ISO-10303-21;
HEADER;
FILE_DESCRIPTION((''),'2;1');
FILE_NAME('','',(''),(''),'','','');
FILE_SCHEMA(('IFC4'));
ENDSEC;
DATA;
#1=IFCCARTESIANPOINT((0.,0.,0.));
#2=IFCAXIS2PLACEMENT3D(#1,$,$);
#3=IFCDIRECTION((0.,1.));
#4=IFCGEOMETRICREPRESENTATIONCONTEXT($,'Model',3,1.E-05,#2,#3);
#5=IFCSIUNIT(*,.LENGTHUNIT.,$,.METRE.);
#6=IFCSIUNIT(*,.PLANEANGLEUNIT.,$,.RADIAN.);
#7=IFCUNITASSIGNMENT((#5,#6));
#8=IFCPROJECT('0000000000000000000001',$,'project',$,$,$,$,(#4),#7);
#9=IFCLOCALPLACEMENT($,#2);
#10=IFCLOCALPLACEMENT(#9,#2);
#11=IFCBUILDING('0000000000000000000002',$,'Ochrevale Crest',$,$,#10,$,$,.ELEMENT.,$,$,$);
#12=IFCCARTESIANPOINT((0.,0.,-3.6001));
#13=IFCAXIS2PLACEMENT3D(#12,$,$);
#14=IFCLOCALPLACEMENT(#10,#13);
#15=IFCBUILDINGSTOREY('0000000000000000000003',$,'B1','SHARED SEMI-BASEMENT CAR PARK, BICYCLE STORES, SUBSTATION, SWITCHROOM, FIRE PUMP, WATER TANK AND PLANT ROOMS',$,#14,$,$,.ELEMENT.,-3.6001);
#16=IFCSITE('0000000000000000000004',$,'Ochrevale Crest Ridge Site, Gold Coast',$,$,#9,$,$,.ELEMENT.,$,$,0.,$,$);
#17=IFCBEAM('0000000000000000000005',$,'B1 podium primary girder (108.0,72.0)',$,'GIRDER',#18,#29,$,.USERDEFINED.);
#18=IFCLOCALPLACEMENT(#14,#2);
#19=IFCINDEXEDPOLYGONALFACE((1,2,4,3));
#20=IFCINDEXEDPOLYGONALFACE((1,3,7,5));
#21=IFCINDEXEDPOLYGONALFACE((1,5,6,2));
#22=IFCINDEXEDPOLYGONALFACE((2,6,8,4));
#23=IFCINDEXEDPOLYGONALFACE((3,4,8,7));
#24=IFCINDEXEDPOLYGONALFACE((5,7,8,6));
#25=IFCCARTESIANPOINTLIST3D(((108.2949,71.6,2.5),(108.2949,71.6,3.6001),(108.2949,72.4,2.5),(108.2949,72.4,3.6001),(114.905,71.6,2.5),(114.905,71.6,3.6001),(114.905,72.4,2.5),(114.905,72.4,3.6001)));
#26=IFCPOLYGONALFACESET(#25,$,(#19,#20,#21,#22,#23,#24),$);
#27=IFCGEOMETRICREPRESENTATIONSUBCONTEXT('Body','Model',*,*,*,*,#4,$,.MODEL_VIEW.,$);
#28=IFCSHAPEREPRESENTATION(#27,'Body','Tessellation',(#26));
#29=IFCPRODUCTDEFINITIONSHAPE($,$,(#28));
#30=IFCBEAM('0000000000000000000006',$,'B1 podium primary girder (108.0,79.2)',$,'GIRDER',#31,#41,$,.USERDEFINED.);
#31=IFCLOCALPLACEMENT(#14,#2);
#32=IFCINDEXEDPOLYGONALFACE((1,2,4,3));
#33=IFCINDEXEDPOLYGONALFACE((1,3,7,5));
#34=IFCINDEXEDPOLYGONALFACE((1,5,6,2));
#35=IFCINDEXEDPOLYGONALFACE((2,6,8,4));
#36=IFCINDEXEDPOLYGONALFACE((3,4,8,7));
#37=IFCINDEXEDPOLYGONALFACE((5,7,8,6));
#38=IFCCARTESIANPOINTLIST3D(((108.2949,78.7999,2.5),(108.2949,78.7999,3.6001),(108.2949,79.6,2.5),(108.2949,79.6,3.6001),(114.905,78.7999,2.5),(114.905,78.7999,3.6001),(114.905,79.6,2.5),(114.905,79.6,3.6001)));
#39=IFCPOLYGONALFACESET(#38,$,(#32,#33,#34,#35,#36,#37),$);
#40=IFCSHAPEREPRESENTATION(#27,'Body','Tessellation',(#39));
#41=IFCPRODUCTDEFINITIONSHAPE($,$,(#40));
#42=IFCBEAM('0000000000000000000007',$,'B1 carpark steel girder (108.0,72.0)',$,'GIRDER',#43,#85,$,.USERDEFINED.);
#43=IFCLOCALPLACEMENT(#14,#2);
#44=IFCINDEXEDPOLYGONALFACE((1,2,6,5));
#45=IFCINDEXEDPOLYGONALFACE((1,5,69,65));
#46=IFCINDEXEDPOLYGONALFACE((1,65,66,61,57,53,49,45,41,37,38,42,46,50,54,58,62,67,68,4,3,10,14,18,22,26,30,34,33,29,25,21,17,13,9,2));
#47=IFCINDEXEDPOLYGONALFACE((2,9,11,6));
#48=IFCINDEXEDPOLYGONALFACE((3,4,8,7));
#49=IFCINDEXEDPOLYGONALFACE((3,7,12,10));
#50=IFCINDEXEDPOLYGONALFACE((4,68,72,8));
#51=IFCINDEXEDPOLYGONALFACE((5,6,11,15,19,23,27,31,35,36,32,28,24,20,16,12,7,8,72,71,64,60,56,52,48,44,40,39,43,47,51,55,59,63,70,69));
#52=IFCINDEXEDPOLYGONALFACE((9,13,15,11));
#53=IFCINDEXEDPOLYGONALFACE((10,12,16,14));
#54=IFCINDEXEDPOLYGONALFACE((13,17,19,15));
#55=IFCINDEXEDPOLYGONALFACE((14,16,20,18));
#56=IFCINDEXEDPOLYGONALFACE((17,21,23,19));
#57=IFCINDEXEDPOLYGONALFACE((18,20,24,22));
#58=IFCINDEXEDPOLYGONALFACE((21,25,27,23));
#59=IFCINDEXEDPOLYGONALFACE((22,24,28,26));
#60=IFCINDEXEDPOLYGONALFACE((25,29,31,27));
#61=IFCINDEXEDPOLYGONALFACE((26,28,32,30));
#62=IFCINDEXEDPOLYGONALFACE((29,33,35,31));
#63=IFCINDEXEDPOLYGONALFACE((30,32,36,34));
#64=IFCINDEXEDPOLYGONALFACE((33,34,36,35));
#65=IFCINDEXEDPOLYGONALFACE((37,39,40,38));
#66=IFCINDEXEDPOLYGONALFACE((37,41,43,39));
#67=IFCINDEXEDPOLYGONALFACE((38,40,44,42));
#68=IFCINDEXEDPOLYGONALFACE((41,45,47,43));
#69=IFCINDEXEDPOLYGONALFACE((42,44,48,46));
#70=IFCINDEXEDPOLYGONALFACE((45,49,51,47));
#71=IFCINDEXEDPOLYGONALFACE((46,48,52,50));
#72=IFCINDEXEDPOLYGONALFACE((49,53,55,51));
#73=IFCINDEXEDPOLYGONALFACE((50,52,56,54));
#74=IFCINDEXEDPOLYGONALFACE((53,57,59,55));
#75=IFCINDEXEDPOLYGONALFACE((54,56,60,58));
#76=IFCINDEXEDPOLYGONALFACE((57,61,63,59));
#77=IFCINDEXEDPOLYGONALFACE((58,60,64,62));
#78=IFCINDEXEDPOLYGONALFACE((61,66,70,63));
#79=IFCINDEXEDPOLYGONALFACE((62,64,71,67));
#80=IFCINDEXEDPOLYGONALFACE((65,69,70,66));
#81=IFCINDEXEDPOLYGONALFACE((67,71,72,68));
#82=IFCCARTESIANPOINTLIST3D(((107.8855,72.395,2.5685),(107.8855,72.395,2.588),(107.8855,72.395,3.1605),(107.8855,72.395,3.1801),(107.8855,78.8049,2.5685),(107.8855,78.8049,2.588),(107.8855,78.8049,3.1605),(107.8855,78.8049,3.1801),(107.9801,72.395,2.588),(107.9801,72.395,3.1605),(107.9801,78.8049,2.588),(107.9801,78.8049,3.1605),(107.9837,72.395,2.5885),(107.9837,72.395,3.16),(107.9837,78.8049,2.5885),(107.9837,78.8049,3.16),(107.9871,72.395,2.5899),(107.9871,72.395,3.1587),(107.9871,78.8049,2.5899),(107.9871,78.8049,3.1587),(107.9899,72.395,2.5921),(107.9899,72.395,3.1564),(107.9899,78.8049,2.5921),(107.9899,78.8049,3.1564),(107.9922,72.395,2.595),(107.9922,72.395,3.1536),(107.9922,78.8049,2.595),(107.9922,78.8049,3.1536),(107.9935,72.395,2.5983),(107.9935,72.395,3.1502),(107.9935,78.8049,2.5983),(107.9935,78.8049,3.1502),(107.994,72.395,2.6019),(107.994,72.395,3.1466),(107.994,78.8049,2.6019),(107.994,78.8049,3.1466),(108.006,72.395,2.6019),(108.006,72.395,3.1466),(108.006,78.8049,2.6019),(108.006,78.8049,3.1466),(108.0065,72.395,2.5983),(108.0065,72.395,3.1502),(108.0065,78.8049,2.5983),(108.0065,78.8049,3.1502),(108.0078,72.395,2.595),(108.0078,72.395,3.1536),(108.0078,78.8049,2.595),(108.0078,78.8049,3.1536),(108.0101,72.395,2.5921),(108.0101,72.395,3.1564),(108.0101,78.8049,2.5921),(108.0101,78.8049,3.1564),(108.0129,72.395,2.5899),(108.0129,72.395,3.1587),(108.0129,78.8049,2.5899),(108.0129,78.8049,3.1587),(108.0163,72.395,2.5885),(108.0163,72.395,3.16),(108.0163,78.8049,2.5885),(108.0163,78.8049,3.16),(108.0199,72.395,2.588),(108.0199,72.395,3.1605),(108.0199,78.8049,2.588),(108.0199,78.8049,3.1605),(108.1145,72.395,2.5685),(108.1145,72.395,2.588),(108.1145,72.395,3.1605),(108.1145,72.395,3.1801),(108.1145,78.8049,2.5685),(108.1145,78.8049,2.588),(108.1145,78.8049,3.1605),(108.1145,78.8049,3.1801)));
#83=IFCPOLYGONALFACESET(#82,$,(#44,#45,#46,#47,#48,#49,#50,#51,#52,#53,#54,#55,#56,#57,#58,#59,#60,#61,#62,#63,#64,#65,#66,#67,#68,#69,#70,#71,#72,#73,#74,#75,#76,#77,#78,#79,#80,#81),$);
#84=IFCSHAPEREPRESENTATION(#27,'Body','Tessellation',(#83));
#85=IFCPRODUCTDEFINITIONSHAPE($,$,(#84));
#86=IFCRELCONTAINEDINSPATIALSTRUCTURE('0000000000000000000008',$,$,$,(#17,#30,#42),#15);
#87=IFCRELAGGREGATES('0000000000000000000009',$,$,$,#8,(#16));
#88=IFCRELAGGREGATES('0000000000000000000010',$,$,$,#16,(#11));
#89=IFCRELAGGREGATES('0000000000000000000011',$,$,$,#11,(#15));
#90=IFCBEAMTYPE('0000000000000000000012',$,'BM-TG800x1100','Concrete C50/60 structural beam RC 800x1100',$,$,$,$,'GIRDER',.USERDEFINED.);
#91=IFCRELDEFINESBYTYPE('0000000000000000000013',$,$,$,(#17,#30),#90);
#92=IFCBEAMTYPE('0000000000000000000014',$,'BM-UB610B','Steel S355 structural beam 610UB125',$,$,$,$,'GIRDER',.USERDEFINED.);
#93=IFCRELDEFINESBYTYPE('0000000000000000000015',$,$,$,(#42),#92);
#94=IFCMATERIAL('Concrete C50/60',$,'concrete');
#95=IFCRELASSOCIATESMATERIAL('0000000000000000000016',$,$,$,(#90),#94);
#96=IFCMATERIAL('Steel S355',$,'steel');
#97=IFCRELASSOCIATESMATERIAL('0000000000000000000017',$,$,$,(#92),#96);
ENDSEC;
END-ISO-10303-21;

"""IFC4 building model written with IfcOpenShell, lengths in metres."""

from ifc_helpers import new_model, si_unit, direction, frame, origin, origin_2d, place, context, subcontext, project, spatial, rectangle, i_section, extrude, material, material_profile, profile_set, type_object, element, save


model = new_model("IFC4")

# Units and contexts
model_context = context("Model", 3, precision=1e-05, world=origin(), true_north=direction((0.0, 1.0)))
body_context = subcontext(model_context, "Body", "Model", "MODEL_VIEW")
ifc_project = project(units=[si_unit("LENGTHUNIT", "METRE"), si_unit("PLANEANGLEUNIT", "RADIAN")], contexts=[model_context])

# Site, building, storey
site_placement = place(None, origin())
site = spatial("IfcSite", under=ifc_project, at=site_placement, Name="Ochrevale Crest Ridge Site, Gold Coast", CompositionType="ELEMENT", RefElevation=0.0)
building_placement = place(site_placement, origin())
building = spatial("IfcBuilding", under=site, at=building_placement, Name="Ochrevale Crest", CompositionType="ELEMENT")
storey_placement = place(building_placement, frame((0.0, 0.0, -3.6001)))
storey = spatial("IfcBuildingStorey", under=building, at=storey_placement, Name="B1", Description="SHARED SEMI-BASEMENT CAR PARK, BICYCLE STORES, SUBSTATION, SWITCHROOM, FIRE PUMP, WATER TANK AND PLANT ROOMS", CompositionType="ELEMENT", Elevation=-3.6001)

# Shared definitions
ifc_material_1 = material(Name="Concrete C50/60", Category="concrete")

# Beams
ifc_material_profile_1 = material_profile(ifc_material_1, rectangle(XDim=0.8, YDim=1.1001, at=origin_2d()), Name="RC 800x1100")
ifc_profile_set_1 = profile_set([ifc_material_profile_1], Name="Concrete C50/60")
beam_type_1 = type_object("IfcBeamType", Name="BM-TG800x1100", Description="Concrete C50/60 structural beam RC 800x1100", ElementType="GIRDER", PredefinedType="USERDEFINED", material=ifc_profile_set_1)
for number, where, z_axis, x_axis, name in (
    (1, (108.2949, 72.0, 3.05), (1.0, 0.0, 0.0), (0.0, 1.0, 0.0), "B1 podium primary girder (108.0,72.0)"),
    (2, (108.2949, 79.2, 3.05), (1.0, 0.0, 0.0), (0.0, 1.0, 0.0), "B1 podium primary girder (108.0,79.2)"),
):
    element("IfcBeam", number, at=place(storey_placement, frame(where, z_axis=z_axis, x_axis=x_axis)), inside=storey, type_object=beam_type_1, Name=name, ObjectType="GIRDER", PredefinedType="USERDEFINED", context=body_context, shape_type="SweptSolid", body=[
        extrude(rectangle(XDim=0.8, YDim=1.1001, at=origin_2d()), origin(), (0.0, 0.0, 1.0), 6.6101),
    ])
ifc_material_2 = material(Name="Steel S355", Category="steel")
ifc_material_profile_2 = material_profile(ifc_material_2, i_section(OverallWidth=0.229, OverallDepth=0.6116, WebThickness=0.012, FlangeThickness=0.0195, FilletRadius=0.0139, at=origin_2d()), Name="610UB125")
ifc_profile_set_2 = profile_set([ifc_material_profile_2], Name="Steel S355")
beam_type_2 = type_object("IfcBeamType", Name="BM-UB610B", Description="Steel S355 structural beam 610UB125", ElementType="GIRDER", PredefinedType="USERDEFINED", material=ifc_profile_set_2)
beam_placement = place(storey_placement, frame((108.0, 72.395, 2.8743), z_axis=(0.0, 1.0, 0.0), x_axis=(-1.0, 0.0, 0.0)))
element("IfcBeam", 3, at=beam_placement, inside=storey, type_object=beam_type_2, Name="B1 carpark steel girder (108.0,72.0)", ObjectType="GIRDER", PredefinedType="USERDEFINED", context=body_context, shape_type="SweptSolid", body=[
    extrude(i_section(OverallWidth=0.229, OverallDepth=0.6116, WebThickness=0.012, FlangeThickness=0.0195, FilletRadius=0.0139, at=origin_2d()), origin(), (0.0, 0.0, 1.0), 6.4099),
])

save(model, "model.ifc")
